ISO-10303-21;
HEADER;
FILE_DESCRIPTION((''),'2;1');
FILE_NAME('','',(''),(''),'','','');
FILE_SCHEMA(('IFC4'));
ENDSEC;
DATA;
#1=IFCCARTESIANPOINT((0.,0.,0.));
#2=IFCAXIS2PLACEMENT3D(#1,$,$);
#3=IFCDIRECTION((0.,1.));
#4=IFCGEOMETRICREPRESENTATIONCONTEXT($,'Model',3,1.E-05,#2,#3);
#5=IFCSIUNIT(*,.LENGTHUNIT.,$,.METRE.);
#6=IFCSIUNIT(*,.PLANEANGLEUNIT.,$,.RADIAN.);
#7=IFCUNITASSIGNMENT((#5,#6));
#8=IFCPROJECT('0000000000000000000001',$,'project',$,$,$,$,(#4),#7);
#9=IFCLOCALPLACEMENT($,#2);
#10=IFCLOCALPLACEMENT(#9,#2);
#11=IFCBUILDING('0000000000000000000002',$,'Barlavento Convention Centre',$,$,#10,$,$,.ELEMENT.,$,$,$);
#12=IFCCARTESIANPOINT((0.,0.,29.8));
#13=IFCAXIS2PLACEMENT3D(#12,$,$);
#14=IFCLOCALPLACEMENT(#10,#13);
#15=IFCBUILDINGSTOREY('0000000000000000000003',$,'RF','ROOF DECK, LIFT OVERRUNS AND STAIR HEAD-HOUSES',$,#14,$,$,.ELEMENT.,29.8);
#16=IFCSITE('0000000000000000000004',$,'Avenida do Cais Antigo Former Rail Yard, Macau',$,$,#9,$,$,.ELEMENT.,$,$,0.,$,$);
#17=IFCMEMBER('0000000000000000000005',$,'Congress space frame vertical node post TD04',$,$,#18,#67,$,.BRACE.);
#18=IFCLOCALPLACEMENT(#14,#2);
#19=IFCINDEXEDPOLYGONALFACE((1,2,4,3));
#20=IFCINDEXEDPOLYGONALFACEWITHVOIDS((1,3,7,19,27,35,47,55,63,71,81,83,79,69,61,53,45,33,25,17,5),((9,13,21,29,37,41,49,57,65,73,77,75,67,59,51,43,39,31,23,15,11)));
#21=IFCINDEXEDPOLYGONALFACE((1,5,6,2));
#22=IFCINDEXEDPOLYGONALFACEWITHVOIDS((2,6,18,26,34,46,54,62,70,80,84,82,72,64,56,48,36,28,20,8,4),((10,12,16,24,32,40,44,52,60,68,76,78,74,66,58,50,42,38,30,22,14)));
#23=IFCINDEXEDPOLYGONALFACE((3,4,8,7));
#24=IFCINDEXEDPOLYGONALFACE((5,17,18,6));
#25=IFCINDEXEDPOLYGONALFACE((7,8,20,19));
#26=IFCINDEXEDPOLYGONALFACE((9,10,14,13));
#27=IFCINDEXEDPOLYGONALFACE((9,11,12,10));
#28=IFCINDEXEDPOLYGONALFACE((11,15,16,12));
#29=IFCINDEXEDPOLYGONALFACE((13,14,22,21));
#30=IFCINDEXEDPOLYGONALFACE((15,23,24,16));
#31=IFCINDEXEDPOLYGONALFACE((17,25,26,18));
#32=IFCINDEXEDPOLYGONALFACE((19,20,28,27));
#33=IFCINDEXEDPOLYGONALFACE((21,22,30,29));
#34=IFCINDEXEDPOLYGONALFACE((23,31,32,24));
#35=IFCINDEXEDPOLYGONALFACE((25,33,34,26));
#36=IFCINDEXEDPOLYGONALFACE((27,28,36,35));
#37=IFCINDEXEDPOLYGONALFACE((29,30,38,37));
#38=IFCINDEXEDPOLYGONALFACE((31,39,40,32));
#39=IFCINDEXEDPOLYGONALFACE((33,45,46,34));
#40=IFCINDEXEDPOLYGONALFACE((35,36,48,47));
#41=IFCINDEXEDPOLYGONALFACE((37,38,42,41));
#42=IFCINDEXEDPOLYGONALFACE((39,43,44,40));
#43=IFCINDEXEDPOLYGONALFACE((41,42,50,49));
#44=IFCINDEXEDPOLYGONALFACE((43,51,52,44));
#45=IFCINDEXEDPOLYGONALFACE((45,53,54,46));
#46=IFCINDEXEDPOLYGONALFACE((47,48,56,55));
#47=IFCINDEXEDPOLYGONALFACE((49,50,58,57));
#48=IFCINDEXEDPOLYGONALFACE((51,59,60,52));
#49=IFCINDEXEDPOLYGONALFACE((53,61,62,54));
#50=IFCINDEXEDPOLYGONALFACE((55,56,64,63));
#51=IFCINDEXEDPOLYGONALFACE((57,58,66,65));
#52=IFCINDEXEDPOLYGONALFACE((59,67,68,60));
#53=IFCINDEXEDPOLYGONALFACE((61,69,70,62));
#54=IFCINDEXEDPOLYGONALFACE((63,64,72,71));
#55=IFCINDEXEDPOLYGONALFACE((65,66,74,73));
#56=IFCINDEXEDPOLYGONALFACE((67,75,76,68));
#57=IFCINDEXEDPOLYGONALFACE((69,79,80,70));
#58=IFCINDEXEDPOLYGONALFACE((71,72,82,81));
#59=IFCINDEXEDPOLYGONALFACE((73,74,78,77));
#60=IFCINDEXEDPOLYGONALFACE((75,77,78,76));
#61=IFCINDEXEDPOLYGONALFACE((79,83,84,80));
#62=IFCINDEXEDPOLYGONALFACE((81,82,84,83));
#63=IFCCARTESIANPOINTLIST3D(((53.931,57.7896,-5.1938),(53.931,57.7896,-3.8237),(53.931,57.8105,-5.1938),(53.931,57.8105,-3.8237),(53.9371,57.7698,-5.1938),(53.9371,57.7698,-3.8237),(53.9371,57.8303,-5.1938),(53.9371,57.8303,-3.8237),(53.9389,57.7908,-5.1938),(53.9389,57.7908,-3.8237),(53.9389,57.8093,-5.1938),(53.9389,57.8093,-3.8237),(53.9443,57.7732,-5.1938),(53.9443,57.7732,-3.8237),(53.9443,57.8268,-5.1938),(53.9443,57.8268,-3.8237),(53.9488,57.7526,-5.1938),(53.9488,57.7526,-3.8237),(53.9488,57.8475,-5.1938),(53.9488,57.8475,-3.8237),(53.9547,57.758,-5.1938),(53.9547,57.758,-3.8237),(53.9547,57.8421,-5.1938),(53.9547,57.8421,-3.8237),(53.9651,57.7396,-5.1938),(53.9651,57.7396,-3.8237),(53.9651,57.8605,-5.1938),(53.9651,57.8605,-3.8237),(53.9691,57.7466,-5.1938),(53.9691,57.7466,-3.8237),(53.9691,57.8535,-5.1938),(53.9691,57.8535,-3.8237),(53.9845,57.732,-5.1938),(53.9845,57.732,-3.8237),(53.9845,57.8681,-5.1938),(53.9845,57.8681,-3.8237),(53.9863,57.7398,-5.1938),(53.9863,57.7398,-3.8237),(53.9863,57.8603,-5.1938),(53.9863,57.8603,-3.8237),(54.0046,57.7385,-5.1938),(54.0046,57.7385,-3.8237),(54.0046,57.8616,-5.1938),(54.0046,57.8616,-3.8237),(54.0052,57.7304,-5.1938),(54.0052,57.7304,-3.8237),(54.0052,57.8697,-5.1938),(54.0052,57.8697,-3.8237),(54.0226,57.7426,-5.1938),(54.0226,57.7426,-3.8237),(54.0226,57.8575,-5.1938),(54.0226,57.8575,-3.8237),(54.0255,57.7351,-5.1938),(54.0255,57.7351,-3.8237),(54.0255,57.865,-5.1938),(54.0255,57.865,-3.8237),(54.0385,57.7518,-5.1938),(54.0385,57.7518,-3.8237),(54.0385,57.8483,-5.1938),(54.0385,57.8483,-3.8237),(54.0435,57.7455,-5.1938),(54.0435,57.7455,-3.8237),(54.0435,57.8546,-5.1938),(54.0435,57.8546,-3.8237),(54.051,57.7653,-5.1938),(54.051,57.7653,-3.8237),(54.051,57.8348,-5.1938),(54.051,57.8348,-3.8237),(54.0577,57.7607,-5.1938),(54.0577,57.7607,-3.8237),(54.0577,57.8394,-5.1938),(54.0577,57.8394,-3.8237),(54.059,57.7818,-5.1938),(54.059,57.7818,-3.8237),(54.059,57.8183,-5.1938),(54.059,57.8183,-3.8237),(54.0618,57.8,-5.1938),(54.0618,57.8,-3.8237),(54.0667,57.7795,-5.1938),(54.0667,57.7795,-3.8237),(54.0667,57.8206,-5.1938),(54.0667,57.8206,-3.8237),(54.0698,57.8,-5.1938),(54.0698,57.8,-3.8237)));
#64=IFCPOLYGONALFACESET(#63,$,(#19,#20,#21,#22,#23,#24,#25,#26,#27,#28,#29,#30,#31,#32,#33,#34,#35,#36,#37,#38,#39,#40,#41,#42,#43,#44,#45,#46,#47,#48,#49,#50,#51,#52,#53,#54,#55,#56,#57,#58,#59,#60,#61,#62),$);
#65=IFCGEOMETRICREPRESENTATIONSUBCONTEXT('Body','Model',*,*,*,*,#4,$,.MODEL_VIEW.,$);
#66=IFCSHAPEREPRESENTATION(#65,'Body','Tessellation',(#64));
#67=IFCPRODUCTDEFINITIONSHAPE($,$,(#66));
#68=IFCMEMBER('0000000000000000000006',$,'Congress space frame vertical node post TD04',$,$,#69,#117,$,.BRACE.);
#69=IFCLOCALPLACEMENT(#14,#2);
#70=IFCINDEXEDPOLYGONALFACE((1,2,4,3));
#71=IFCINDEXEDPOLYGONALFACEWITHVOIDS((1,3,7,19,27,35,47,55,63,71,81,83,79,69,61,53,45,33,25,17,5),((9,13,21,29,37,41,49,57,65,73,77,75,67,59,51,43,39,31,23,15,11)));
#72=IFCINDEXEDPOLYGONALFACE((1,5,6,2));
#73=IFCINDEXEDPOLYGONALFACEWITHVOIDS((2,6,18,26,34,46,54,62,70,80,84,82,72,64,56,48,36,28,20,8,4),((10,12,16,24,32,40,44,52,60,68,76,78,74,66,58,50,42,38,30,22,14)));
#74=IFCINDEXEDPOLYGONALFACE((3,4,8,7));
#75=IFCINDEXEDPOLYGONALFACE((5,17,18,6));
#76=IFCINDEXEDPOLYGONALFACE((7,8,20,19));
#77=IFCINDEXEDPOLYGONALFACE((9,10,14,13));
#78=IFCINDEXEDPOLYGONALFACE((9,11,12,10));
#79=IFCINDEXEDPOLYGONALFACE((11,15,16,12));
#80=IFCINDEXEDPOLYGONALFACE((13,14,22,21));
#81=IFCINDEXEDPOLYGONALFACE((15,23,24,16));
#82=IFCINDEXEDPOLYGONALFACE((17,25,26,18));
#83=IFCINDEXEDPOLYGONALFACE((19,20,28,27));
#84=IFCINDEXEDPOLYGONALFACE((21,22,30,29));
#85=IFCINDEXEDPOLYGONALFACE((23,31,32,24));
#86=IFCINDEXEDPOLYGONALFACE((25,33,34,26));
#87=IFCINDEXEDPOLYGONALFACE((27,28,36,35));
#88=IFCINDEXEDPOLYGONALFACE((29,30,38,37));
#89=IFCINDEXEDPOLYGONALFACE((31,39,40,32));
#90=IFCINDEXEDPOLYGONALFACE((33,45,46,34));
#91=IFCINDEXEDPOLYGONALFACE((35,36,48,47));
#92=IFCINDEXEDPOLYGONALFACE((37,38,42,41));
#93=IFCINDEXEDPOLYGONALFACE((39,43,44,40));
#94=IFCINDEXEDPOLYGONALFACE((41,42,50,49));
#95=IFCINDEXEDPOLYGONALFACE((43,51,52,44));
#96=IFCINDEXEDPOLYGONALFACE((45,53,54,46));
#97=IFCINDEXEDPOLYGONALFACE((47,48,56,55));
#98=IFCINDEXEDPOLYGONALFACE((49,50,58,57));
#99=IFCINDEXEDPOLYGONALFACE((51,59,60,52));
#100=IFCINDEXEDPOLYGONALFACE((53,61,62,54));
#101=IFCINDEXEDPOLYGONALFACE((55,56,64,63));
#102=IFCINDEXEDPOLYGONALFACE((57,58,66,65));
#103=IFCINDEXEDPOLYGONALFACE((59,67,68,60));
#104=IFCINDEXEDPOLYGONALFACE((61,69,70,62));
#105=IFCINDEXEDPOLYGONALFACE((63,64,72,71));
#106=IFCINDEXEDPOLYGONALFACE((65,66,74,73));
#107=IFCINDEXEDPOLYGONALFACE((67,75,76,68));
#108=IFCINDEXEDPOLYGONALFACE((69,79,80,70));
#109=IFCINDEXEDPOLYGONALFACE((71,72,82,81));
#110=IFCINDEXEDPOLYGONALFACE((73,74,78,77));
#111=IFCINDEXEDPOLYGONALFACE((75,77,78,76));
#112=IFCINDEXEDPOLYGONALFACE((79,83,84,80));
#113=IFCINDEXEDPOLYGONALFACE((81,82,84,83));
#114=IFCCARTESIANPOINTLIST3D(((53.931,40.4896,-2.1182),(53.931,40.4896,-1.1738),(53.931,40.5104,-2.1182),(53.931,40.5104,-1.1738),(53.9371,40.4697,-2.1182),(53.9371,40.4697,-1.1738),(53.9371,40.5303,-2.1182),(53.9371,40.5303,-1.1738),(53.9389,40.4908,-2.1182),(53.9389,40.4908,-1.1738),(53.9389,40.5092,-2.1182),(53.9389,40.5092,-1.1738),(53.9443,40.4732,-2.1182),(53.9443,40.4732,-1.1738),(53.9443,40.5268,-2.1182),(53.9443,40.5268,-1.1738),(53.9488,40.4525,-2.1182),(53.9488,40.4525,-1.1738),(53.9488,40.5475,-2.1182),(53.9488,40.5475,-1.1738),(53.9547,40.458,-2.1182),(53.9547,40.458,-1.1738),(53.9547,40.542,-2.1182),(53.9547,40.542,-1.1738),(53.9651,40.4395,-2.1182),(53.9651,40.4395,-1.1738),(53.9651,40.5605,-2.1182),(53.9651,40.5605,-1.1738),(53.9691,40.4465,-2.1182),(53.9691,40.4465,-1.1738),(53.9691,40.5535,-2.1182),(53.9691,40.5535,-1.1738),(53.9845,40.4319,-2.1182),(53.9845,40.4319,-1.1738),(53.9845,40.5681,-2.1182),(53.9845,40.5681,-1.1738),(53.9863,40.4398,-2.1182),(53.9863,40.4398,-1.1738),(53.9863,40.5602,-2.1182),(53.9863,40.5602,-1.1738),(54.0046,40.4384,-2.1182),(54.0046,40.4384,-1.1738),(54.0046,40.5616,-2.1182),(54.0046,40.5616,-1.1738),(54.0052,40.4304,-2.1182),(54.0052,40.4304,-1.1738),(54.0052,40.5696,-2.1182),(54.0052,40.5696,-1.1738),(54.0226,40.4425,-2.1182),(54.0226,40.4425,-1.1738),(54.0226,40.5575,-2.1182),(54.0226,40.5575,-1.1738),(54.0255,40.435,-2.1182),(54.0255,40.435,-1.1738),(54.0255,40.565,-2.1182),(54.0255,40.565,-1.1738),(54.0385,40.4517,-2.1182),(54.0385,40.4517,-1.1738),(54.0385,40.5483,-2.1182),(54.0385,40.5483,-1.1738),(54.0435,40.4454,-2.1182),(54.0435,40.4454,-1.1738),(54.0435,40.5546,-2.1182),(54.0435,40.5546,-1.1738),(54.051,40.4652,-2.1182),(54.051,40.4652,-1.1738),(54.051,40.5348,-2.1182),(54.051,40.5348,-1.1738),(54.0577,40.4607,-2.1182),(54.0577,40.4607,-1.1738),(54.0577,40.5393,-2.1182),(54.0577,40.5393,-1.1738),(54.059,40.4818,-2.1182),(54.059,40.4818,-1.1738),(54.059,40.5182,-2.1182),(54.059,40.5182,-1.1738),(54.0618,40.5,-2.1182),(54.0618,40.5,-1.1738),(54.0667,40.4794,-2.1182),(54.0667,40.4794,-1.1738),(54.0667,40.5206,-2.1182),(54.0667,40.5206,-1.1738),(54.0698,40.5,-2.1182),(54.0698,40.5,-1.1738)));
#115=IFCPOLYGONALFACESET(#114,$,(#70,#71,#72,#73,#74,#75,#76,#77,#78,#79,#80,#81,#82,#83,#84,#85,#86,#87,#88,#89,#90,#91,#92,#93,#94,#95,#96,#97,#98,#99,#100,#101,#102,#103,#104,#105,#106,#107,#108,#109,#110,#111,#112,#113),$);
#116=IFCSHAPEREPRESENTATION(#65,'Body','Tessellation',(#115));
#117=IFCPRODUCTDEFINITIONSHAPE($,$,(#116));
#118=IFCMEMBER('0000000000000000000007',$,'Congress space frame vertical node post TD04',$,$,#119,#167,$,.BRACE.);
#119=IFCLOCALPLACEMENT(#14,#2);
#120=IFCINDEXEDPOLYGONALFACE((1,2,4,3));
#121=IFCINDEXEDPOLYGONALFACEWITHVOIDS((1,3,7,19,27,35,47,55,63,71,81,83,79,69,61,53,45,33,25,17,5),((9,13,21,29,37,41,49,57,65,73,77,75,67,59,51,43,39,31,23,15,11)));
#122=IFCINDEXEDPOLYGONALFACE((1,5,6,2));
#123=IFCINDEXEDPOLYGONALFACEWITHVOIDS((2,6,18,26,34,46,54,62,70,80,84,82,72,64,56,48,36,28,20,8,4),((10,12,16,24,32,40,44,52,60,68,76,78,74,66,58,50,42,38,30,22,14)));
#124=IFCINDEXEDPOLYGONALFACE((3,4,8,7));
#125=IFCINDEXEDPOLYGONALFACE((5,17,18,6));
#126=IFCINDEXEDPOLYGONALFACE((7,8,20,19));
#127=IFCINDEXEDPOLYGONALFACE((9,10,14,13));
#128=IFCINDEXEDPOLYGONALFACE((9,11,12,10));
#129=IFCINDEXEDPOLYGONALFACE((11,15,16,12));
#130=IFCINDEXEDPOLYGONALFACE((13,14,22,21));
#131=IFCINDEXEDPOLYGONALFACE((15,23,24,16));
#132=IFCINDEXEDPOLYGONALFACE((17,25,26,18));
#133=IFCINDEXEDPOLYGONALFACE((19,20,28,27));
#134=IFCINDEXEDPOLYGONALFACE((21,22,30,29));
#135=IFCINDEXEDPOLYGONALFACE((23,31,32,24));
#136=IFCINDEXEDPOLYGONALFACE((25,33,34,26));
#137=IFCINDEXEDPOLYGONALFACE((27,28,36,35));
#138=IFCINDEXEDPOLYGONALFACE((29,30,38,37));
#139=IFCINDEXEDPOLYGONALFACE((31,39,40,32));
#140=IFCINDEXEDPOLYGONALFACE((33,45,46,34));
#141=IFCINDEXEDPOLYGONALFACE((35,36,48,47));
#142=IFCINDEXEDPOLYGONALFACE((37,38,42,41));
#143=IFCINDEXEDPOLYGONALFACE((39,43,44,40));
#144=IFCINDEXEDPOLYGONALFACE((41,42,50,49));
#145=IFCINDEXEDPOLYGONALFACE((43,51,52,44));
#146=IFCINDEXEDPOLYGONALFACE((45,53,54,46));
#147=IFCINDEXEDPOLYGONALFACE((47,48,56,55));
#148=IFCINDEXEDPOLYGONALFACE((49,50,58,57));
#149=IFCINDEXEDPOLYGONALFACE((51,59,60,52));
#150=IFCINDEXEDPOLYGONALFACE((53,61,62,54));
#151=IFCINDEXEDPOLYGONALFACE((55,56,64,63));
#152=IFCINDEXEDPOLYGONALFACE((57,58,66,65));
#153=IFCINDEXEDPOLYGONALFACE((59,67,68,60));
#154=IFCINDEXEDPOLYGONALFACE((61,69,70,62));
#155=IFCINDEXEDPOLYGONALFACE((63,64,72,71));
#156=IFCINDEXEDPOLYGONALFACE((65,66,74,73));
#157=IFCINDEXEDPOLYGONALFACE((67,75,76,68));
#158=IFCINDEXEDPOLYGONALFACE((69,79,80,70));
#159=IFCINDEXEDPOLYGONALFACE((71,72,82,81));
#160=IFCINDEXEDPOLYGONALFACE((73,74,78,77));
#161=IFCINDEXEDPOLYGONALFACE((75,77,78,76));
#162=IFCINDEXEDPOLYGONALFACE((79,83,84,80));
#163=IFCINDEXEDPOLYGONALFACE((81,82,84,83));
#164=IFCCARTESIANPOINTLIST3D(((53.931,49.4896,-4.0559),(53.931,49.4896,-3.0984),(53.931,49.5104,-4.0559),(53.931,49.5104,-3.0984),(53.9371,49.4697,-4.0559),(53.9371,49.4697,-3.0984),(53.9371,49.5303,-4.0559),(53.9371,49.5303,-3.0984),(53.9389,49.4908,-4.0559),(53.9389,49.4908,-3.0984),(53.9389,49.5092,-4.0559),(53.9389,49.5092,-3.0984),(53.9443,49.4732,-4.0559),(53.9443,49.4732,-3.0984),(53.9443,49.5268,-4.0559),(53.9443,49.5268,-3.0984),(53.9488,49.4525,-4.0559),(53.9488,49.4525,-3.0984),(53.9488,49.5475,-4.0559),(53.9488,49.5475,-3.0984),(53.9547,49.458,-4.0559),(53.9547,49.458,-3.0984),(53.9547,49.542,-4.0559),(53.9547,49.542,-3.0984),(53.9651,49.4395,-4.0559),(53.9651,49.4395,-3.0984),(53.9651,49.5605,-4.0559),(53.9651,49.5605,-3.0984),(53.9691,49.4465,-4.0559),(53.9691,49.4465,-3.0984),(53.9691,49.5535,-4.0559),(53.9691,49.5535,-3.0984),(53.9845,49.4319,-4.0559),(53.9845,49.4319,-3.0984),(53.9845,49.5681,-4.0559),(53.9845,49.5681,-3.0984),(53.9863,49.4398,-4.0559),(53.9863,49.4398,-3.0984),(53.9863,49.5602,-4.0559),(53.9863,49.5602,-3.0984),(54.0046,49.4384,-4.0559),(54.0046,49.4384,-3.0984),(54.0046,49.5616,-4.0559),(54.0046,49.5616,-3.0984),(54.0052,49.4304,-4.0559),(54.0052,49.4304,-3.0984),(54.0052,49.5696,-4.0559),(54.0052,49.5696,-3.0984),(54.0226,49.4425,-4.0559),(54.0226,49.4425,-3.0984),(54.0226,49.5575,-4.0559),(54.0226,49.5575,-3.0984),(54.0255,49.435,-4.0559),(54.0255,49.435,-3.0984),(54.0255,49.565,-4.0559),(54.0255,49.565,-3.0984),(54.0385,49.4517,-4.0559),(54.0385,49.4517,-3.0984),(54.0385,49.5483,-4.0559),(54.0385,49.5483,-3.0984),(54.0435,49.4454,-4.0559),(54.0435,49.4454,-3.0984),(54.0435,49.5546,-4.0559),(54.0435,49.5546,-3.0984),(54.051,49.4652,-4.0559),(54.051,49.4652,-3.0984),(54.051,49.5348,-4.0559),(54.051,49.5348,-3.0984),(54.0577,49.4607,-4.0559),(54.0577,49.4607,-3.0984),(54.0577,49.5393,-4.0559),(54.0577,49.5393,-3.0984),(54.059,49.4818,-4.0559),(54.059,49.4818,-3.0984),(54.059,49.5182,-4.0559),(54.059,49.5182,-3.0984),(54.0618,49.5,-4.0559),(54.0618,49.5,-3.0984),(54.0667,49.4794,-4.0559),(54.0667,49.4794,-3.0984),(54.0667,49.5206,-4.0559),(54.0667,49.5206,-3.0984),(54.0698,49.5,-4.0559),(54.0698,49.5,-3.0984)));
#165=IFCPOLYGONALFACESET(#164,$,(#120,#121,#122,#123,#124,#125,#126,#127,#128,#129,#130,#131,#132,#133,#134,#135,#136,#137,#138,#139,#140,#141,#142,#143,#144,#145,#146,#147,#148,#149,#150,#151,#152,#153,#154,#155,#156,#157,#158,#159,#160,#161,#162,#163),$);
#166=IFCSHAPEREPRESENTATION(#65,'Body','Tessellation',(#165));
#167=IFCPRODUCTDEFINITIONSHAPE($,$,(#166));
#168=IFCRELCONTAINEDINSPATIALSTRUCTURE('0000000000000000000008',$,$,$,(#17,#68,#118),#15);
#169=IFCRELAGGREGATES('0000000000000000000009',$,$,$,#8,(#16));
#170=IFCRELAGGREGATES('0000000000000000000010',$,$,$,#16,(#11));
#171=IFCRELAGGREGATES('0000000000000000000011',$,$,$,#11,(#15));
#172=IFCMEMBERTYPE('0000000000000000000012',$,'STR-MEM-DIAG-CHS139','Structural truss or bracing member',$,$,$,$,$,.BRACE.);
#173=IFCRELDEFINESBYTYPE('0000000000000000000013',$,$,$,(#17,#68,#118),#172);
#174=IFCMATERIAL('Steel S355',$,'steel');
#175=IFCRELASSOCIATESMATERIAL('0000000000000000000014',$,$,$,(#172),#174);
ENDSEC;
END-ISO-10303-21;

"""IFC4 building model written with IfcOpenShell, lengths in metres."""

from ifc_helpers import new_model, si_unit, direction, frame, origin, origin_2d, place, context, subcontext, project, spatial, hollow_circle, extrude, material, material_profile, profile_set, type_object, element, save


model = new_model("IFC4")

# Units and contexts
model_context = context("Model", 3, precision=1e-05, world=origin(), true_north=direction((0.0, 1.0)))
body_context = subcontext(model_context, "Body", "Model", "MODEL_VIEW")
ifc_project = project(units=[si_unit("LENGTHUNIT", "METRE"), si_unit("PLANEANGLEUNIT", "RADIAN")], contexts=[model_context])

# Site, building, storey
site_placement = place(None, origin())
site = spatial("IfcSite", under=ifc_project, at=site_placement, Name="Avenida do Cais Antigo Former Rail Yard, Macau", CompositionType="ELEMENT", RefElevation=0.0)
building_placement = place(site_placement, origin())
building = spatial("IfcBuilding", under=site, at=building_placement, Name="Barlavento Convention Centre", CompositionType="ELEMENT")
storey_placement = place(building_placement, frame((0.0, 0.0, 29.8)))
storey = spatial("IfcBuildingStorey", under=building, at=storey_placement, Name="RF", Description="ROOF DECK, LIFT OVERRUNS AND STAIR HEAD-HOUSES", CompositionType="ELEMENT", Elevation=29.8)

# Shared definitions
ifc_material_1 = material(Name="Steel S355", Category="steel")

# Members
ifc_material_profile_1 = material_profile(ifc_material_1, hollow_circle(Radius=0.0698, WallThickness=0.0081, at=origin_2d()), Name="CHS 139.7x8.0")
ifc_profile_set_1 = profile_set([ifc_material_profile_1], Name="Steel S355")
member_type_1 = type_object("IfcMemberType", Name="STR-MEM-DIAG-CHS139", Description="Structural truss or bracing member", PredefinedType="BRACE", material=ifc_profile_set_1)
for number, where, z_axis, x_axis, name in (
    (1, (54.0, 57.8, -5.1938), (0.0, 0.0, 1.0), (1.0, 0.0, 0.0), "Congress space frame vertical node post TD04"),
):
    element("IfcMember", number, at=place(storey_placement, frame(where, z_axis=z_axis, x_axis=x_axis)), inside=storey, type_object=member_type_1, Name=name, PredefinedType="BRACE", context=body_context, shape_type="SweptSolid", body=[
        extrude(hollow_circle(Radius=0.0698, WallThickness=0.0081, at=origin_2d()), origin(), (0.0, 0.0, 1.0), 1.3701),
    ])
member_1_placement = place(storey_placement, frame((54.0, 40.5, -2.1182), z_axis=(0.0, 0.0, 1.0), x_axis=(1.0, 0.0, 0.0)))
element("IfcMember", 2, at=member_1_placement, inside=storey, type_object=member_type_1, Name="Congress space frame vertical node post TD04", PredefinedType="BRACE", context=body_context, shape_type="SweptSolid", body=[
    extrude(hollow_circle(Radius=0.0698, WallThickness=0.0081, at=origin_2d()), origin(), (0.0, 0.0, 1.0), 0.9443),
])
member_2_placement = place(storey_placement, frame((54.0, 49.5, -4.0559), z_axis=(0.0, 0.0, 1.0), x_axis=(1.0, 0.0, 0.0)))
element("IfcMember", 3, at=member_2_placement, inside=storey, type_object=member_type_1, Name="Congress space frame vertical node post TD04", PredefinedType="BRACE", context=body_context, shape_type="SweptSolid", body=[
    extrude(hollow_circle(Radius=0.0698, WallThickness=0.0081, at=origin_2d()), origin(), (0.0, 0.0, 1.0), 0.9575),
])

save(model, "model.ifc")
